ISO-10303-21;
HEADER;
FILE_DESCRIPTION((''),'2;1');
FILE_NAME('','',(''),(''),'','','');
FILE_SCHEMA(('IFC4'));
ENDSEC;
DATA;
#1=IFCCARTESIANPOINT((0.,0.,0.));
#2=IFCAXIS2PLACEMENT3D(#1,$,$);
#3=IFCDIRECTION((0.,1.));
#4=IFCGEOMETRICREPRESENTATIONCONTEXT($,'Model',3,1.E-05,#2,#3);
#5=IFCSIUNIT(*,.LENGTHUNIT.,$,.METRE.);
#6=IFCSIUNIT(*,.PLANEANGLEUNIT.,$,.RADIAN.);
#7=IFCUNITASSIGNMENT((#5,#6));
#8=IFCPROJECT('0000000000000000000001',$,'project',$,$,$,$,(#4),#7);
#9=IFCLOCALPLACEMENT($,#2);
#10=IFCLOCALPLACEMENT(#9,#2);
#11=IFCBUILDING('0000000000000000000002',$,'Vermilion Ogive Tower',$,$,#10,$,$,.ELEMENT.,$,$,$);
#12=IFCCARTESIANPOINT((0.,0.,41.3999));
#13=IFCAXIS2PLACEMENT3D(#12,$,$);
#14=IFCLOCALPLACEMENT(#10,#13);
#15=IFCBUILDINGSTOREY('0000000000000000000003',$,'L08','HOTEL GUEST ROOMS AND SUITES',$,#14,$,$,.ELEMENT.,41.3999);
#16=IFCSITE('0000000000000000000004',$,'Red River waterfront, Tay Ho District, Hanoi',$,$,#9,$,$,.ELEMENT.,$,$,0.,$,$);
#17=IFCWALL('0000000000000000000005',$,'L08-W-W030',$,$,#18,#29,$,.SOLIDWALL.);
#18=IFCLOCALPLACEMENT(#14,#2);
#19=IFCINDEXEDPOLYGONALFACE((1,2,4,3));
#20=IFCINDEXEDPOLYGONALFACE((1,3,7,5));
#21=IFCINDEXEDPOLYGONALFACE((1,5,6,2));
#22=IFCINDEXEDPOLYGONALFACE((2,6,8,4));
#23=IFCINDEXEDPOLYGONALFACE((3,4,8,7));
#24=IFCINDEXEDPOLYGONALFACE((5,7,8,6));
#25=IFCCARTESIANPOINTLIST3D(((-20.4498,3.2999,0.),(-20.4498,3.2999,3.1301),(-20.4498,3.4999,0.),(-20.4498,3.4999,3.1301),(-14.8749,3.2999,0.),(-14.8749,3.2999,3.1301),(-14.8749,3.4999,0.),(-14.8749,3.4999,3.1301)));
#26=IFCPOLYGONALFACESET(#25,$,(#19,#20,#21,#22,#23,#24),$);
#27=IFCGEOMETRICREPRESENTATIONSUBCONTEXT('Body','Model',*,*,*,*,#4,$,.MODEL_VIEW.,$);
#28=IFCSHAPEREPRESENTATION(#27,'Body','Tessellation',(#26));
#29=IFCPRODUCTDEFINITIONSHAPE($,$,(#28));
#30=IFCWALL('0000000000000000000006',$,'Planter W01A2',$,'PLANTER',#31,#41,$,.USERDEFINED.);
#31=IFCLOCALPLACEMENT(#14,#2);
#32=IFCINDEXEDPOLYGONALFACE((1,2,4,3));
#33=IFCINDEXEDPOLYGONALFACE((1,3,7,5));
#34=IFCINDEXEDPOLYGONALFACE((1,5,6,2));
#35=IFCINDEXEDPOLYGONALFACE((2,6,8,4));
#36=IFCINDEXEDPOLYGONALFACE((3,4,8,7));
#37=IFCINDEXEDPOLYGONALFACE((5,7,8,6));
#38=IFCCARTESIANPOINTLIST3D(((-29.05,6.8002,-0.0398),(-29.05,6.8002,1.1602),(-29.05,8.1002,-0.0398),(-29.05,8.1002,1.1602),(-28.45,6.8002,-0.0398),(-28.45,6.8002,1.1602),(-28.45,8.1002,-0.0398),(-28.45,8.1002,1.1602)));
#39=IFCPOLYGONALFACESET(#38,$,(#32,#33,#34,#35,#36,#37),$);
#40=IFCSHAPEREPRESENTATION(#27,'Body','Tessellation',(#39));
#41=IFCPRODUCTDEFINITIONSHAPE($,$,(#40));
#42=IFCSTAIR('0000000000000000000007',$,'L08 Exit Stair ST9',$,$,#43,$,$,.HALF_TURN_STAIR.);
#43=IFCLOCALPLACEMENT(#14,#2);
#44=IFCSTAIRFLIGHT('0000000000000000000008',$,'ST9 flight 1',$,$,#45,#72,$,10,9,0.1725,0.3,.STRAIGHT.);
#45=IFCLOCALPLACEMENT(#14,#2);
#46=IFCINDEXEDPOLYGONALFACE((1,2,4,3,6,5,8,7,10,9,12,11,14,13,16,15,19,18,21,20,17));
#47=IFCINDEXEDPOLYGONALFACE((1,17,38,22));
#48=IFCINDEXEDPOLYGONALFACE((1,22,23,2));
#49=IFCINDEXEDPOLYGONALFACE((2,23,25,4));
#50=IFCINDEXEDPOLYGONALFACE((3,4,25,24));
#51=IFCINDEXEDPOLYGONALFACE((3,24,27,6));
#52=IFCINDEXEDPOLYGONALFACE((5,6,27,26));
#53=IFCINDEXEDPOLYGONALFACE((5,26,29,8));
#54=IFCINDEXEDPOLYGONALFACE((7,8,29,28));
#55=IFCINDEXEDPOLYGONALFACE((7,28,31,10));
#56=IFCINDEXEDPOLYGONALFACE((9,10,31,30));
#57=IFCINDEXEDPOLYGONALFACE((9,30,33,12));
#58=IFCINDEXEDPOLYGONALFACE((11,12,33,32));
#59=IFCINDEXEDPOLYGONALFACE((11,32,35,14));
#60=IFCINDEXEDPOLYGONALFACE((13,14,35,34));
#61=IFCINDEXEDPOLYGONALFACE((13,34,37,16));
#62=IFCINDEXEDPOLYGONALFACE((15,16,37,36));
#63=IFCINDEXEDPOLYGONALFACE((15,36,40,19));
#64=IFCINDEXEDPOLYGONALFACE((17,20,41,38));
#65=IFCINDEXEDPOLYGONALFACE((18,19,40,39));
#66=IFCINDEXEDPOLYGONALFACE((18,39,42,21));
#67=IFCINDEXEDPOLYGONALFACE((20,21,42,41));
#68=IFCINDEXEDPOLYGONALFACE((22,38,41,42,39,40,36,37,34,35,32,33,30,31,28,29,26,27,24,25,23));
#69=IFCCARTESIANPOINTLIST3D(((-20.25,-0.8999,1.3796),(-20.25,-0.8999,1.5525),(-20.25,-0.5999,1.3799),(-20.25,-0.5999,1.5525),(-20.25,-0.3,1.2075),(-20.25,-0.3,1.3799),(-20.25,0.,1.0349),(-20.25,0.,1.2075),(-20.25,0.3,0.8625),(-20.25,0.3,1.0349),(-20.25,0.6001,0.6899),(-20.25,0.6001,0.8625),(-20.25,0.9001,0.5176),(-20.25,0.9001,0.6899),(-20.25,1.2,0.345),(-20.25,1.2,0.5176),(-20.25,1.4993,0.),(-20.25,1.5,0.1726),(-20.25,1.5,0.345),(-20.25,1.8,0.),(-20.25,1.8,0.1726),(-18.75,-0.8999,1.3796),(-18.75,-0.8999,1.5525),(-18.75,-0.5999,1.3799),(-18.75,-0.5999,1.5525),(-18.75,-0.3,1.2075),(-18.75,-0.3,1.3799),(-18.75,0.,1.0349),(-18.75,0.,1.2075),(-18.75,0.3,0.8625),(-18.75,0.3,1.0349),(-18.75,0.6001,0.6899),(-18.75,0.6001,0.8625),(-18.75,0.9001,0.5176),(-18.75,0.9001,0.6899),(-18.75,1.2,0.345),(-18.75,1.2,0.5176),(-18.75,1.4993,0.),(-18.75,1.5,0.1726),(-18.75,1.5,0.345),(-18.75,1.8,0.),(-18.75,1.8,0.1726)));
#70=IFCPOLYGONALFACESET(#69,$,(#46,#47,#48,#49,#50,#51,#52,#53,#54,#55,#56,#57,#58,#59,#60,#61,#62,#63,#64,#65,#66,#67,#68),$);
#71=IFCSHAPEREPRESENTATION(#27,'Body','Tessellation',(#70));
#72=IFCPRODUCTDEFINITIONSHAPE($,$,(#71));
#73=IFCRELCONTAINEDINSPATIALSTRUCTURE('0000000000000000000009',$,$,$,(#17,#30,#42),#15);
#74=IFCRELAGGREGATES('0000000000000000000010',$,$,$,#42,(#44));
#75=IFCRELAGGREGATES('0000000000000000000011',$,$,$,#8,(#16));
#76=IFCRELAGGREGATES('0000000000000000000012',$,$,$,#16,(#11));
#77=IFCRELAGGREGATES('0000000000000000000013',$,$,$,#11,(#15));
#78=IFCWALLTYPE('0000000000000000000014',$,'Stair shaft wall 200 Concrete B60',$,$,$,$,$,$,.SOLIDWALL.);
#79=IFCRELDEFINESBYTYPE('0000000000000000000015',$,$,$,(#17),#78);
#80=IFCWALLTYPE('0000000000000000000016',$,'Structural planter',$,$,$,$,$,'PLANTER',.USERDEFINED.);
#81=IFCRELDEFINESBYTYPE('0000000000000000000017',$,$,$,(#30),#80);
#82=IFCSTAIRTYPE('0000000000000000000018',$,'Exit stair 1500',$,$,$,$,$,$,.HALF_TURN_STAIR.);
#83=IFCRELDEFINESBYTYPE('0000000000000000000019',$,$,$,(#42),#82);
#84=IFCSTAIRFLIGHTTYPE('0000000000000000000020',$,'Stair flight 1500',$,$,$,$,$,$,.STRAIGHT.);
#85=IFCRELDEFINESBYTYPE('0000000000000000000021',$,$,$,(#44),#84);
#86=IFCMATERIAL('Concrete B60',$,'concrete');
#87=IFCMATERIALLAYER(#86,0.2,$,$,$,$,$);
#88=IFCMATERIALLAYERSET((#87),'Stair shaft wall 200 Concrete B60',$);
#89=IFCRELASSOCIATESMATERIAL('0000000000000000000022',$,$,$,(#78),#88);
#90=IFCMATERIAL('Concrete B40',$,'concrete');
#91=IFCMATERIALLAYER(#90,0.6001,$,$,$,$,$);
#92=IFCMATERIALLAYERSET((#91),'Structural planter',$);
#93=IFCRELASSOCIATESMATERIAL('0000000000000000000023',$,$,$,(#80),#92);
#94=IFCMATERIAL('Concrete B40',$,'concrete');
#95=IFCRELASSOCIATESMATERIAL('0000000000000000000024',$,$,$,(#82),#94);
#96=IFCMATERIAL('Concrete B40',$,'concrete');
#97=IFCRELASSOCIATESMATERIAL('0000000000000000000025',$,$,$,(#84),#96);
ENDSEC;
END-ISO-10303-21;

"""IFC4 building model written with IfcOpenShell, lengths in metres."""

from ifc_helpers import new_model, si_unit, direction, frame, frame_2d, origin, place, context, subcontext, project, spatial, polyline, rectangle, outline, extrude, material, layer, layer_set, type_object, element, aggregate, save


model = new_model("IFC4")

# Units and contexts
model_context = context("Model", 3, precision=1e-05, world=origin(), true_north=direction((0.0, 1.0)))
body_context = subcontext(model_context, "Body", "Model", "MODEL_VIEW")
ifc_project = project(units=[si_unit("LENGTHUNIT", "METRE"), si_unit("PLANEANGLEUNIT", "RADIAN")], contexts=[model_context])

# Site, building, storey
site_placement = place(None, origin())
site = spatial("IfcSite", under=ifc_project, at=site_placement, Name="Red River waterfront, Tay Ho District, Hanoi", CompositionType="ELEMENT", RefElevation=0.0)
building_placement = place(site_placement, origin())
building = spatial("IfcBuilding", under=site, at=building_placement, Name="Vermilion Ogive Tower", CompositionType="ELEMENT")
storey_placement = place(building_placement, frame((0.0, 0.0, 41.3999)))
storey = spatial("IfcBuildingStorey", under=building, at=storey_placement, Name="L08", Description="HOTEL GUEST ROOMS AND SUITES", CompositionType="ELEMENT", Elevation=41.3999)

# Walls
ifc_material_1 = material(Name="Concrete B60", Category="concrete")
ifc_layer_1 = layer(ifc_material_1, 0.2)
ifc_layer_set_1 = layer_set([ifc_layer_1], Name="Stair shaft wall 200 Concrete B60")
wall_type_1 = type_object("IfcWallType", Name="Stair shaft wall 200 Concrete B60", PredefinedType="SOLIDWALL", material=ifc_layer_set_1)
wall_1_placement = place(storey_placement, frame((-20.45, 3.3999, 0.0), z_axis=(0.0, 0.0, 1.0), x_axis=(1.0, 0.0, 0.0)))
element("IfcWall", 1, at=wall_1_placement, inside=storey, type_object=wall_type_1, Name="L08-W-W030", PredefinedType="SOLIDWALL", context=body_context, shape_type="SweptSolid", body=[
    extrude(rectangle(XDim=5.575, YDim=0.2, at=frame_2d((2.7876, 0.0))), origin(), (0.0, 0.0, 1.0), 3.1301),
])
ifc_material_2 = material(Name="Concrete B40", Category="concrete")
ifc_layer_2 = layer(ifc_material_2, 0.6001)
ifc_layer_set_2 = layer_set([ifc_layer_2], Name="Structural planter")
wall_type_2 = type_object("IfcWallType", Name="Structural planter", ElementType="PLANTER", PredefinedType="USERDEFINED", material=ifc_layer_set_2)
wall_2_placement = place(storey_placement, frame((-28.75, 8.1001, -0.0398), z_axis=(0.0, 0.0, 1.0), x_axis=(0.0, -1.0, 0.0)))
element("IfcWall", 2, at=wall_2_placement, inside=storey, type_object=wall_type_2, Name="Planter W01A2", ObjectType="PLANTER", PredefinedType="USERDEFINED", context=body_context, shape_type="SweptSolid", body=[
    extrude(rectangle(XDim=1.3, YDim=0.6001, at=frame_2d((0.6499, 0.0))), origin(), (0.0, 0.0, 1.0), 1.2),
])

# Stair, stair flight
ifc_material_3 = material(Name="Concrete B40", Category="concrete")
stair_type = type_object("IfcStairType", Name="Exit stair 1500", PredefinedType="HALF_TURN_STAIR", material=ifc_material_3)
stair_placement = place(storey_placement, origin())
stair = element("IfcStair", 3, at=stair_placement, inside=storey, type_object=stair_type, Name="L08 Exit Stair ST9", PredefinedType="HALF_TURN_STAIR")
ifc_material_4 = material(Name="Concrete B40", Category="concrete")
stair_flight_type = type_object("IfcStairFlightType", Name="Stair flight 1500", PredefinedType="STRAIGHT", material=ifc_material_4)
stair_flight_placement = place(storey_placement, frame((-19.5, 1.8, 0.0), z_axis=(0.0, 0.0, 1.0), x_axis=(0.0, -1.0, 0.0)))
stair_flight = element("IfcStairFlight", 4, at=stair_flight_placement, type_object=stair_flight_type, Name="ST9 flight 1", NumberOfRisers=10, NumberOfTreads=9, PredefinedType="STRAIGHT", RiserHeight=0.1725, TreadLength=0.3, context=body_context, shape_type="SweptSolid", body=[
    extrude(outline(polyline([(0.0, 0.0), (0.0, 0.1726), (0.3, 0.1726), (0.3, 0.345), (0.6001, 0.345), (0.6001, 0.5176), (0.8999, 0.5176), (0.8999, 0.6899), (1.2, 0.6899), (1.2, 0.8625), (1.5, 0.8625), (1.5, 1.0349), (1.8, 1.0349), (1.8, 1.2075), (2.1001, 1.2075), (2.1001, 1.3799), (2.3999, 1.3799), (2.3999, 1.5525), (2.7, 1.5525), (2.7, 1.7251), (2.7, 1.3796), (0.3008, 0.0), (0.0, 0.0)])), frame((0.0, 0.75, 0.0), z_axis=(0.0, -1.0, 0.0), x_axis=(1.0, 0.0, 0.0)), (0.0, 0.0, 1.0), 1.5),
])
aggregate(stair, [stair_flight])

save(model, "model.ifc")
